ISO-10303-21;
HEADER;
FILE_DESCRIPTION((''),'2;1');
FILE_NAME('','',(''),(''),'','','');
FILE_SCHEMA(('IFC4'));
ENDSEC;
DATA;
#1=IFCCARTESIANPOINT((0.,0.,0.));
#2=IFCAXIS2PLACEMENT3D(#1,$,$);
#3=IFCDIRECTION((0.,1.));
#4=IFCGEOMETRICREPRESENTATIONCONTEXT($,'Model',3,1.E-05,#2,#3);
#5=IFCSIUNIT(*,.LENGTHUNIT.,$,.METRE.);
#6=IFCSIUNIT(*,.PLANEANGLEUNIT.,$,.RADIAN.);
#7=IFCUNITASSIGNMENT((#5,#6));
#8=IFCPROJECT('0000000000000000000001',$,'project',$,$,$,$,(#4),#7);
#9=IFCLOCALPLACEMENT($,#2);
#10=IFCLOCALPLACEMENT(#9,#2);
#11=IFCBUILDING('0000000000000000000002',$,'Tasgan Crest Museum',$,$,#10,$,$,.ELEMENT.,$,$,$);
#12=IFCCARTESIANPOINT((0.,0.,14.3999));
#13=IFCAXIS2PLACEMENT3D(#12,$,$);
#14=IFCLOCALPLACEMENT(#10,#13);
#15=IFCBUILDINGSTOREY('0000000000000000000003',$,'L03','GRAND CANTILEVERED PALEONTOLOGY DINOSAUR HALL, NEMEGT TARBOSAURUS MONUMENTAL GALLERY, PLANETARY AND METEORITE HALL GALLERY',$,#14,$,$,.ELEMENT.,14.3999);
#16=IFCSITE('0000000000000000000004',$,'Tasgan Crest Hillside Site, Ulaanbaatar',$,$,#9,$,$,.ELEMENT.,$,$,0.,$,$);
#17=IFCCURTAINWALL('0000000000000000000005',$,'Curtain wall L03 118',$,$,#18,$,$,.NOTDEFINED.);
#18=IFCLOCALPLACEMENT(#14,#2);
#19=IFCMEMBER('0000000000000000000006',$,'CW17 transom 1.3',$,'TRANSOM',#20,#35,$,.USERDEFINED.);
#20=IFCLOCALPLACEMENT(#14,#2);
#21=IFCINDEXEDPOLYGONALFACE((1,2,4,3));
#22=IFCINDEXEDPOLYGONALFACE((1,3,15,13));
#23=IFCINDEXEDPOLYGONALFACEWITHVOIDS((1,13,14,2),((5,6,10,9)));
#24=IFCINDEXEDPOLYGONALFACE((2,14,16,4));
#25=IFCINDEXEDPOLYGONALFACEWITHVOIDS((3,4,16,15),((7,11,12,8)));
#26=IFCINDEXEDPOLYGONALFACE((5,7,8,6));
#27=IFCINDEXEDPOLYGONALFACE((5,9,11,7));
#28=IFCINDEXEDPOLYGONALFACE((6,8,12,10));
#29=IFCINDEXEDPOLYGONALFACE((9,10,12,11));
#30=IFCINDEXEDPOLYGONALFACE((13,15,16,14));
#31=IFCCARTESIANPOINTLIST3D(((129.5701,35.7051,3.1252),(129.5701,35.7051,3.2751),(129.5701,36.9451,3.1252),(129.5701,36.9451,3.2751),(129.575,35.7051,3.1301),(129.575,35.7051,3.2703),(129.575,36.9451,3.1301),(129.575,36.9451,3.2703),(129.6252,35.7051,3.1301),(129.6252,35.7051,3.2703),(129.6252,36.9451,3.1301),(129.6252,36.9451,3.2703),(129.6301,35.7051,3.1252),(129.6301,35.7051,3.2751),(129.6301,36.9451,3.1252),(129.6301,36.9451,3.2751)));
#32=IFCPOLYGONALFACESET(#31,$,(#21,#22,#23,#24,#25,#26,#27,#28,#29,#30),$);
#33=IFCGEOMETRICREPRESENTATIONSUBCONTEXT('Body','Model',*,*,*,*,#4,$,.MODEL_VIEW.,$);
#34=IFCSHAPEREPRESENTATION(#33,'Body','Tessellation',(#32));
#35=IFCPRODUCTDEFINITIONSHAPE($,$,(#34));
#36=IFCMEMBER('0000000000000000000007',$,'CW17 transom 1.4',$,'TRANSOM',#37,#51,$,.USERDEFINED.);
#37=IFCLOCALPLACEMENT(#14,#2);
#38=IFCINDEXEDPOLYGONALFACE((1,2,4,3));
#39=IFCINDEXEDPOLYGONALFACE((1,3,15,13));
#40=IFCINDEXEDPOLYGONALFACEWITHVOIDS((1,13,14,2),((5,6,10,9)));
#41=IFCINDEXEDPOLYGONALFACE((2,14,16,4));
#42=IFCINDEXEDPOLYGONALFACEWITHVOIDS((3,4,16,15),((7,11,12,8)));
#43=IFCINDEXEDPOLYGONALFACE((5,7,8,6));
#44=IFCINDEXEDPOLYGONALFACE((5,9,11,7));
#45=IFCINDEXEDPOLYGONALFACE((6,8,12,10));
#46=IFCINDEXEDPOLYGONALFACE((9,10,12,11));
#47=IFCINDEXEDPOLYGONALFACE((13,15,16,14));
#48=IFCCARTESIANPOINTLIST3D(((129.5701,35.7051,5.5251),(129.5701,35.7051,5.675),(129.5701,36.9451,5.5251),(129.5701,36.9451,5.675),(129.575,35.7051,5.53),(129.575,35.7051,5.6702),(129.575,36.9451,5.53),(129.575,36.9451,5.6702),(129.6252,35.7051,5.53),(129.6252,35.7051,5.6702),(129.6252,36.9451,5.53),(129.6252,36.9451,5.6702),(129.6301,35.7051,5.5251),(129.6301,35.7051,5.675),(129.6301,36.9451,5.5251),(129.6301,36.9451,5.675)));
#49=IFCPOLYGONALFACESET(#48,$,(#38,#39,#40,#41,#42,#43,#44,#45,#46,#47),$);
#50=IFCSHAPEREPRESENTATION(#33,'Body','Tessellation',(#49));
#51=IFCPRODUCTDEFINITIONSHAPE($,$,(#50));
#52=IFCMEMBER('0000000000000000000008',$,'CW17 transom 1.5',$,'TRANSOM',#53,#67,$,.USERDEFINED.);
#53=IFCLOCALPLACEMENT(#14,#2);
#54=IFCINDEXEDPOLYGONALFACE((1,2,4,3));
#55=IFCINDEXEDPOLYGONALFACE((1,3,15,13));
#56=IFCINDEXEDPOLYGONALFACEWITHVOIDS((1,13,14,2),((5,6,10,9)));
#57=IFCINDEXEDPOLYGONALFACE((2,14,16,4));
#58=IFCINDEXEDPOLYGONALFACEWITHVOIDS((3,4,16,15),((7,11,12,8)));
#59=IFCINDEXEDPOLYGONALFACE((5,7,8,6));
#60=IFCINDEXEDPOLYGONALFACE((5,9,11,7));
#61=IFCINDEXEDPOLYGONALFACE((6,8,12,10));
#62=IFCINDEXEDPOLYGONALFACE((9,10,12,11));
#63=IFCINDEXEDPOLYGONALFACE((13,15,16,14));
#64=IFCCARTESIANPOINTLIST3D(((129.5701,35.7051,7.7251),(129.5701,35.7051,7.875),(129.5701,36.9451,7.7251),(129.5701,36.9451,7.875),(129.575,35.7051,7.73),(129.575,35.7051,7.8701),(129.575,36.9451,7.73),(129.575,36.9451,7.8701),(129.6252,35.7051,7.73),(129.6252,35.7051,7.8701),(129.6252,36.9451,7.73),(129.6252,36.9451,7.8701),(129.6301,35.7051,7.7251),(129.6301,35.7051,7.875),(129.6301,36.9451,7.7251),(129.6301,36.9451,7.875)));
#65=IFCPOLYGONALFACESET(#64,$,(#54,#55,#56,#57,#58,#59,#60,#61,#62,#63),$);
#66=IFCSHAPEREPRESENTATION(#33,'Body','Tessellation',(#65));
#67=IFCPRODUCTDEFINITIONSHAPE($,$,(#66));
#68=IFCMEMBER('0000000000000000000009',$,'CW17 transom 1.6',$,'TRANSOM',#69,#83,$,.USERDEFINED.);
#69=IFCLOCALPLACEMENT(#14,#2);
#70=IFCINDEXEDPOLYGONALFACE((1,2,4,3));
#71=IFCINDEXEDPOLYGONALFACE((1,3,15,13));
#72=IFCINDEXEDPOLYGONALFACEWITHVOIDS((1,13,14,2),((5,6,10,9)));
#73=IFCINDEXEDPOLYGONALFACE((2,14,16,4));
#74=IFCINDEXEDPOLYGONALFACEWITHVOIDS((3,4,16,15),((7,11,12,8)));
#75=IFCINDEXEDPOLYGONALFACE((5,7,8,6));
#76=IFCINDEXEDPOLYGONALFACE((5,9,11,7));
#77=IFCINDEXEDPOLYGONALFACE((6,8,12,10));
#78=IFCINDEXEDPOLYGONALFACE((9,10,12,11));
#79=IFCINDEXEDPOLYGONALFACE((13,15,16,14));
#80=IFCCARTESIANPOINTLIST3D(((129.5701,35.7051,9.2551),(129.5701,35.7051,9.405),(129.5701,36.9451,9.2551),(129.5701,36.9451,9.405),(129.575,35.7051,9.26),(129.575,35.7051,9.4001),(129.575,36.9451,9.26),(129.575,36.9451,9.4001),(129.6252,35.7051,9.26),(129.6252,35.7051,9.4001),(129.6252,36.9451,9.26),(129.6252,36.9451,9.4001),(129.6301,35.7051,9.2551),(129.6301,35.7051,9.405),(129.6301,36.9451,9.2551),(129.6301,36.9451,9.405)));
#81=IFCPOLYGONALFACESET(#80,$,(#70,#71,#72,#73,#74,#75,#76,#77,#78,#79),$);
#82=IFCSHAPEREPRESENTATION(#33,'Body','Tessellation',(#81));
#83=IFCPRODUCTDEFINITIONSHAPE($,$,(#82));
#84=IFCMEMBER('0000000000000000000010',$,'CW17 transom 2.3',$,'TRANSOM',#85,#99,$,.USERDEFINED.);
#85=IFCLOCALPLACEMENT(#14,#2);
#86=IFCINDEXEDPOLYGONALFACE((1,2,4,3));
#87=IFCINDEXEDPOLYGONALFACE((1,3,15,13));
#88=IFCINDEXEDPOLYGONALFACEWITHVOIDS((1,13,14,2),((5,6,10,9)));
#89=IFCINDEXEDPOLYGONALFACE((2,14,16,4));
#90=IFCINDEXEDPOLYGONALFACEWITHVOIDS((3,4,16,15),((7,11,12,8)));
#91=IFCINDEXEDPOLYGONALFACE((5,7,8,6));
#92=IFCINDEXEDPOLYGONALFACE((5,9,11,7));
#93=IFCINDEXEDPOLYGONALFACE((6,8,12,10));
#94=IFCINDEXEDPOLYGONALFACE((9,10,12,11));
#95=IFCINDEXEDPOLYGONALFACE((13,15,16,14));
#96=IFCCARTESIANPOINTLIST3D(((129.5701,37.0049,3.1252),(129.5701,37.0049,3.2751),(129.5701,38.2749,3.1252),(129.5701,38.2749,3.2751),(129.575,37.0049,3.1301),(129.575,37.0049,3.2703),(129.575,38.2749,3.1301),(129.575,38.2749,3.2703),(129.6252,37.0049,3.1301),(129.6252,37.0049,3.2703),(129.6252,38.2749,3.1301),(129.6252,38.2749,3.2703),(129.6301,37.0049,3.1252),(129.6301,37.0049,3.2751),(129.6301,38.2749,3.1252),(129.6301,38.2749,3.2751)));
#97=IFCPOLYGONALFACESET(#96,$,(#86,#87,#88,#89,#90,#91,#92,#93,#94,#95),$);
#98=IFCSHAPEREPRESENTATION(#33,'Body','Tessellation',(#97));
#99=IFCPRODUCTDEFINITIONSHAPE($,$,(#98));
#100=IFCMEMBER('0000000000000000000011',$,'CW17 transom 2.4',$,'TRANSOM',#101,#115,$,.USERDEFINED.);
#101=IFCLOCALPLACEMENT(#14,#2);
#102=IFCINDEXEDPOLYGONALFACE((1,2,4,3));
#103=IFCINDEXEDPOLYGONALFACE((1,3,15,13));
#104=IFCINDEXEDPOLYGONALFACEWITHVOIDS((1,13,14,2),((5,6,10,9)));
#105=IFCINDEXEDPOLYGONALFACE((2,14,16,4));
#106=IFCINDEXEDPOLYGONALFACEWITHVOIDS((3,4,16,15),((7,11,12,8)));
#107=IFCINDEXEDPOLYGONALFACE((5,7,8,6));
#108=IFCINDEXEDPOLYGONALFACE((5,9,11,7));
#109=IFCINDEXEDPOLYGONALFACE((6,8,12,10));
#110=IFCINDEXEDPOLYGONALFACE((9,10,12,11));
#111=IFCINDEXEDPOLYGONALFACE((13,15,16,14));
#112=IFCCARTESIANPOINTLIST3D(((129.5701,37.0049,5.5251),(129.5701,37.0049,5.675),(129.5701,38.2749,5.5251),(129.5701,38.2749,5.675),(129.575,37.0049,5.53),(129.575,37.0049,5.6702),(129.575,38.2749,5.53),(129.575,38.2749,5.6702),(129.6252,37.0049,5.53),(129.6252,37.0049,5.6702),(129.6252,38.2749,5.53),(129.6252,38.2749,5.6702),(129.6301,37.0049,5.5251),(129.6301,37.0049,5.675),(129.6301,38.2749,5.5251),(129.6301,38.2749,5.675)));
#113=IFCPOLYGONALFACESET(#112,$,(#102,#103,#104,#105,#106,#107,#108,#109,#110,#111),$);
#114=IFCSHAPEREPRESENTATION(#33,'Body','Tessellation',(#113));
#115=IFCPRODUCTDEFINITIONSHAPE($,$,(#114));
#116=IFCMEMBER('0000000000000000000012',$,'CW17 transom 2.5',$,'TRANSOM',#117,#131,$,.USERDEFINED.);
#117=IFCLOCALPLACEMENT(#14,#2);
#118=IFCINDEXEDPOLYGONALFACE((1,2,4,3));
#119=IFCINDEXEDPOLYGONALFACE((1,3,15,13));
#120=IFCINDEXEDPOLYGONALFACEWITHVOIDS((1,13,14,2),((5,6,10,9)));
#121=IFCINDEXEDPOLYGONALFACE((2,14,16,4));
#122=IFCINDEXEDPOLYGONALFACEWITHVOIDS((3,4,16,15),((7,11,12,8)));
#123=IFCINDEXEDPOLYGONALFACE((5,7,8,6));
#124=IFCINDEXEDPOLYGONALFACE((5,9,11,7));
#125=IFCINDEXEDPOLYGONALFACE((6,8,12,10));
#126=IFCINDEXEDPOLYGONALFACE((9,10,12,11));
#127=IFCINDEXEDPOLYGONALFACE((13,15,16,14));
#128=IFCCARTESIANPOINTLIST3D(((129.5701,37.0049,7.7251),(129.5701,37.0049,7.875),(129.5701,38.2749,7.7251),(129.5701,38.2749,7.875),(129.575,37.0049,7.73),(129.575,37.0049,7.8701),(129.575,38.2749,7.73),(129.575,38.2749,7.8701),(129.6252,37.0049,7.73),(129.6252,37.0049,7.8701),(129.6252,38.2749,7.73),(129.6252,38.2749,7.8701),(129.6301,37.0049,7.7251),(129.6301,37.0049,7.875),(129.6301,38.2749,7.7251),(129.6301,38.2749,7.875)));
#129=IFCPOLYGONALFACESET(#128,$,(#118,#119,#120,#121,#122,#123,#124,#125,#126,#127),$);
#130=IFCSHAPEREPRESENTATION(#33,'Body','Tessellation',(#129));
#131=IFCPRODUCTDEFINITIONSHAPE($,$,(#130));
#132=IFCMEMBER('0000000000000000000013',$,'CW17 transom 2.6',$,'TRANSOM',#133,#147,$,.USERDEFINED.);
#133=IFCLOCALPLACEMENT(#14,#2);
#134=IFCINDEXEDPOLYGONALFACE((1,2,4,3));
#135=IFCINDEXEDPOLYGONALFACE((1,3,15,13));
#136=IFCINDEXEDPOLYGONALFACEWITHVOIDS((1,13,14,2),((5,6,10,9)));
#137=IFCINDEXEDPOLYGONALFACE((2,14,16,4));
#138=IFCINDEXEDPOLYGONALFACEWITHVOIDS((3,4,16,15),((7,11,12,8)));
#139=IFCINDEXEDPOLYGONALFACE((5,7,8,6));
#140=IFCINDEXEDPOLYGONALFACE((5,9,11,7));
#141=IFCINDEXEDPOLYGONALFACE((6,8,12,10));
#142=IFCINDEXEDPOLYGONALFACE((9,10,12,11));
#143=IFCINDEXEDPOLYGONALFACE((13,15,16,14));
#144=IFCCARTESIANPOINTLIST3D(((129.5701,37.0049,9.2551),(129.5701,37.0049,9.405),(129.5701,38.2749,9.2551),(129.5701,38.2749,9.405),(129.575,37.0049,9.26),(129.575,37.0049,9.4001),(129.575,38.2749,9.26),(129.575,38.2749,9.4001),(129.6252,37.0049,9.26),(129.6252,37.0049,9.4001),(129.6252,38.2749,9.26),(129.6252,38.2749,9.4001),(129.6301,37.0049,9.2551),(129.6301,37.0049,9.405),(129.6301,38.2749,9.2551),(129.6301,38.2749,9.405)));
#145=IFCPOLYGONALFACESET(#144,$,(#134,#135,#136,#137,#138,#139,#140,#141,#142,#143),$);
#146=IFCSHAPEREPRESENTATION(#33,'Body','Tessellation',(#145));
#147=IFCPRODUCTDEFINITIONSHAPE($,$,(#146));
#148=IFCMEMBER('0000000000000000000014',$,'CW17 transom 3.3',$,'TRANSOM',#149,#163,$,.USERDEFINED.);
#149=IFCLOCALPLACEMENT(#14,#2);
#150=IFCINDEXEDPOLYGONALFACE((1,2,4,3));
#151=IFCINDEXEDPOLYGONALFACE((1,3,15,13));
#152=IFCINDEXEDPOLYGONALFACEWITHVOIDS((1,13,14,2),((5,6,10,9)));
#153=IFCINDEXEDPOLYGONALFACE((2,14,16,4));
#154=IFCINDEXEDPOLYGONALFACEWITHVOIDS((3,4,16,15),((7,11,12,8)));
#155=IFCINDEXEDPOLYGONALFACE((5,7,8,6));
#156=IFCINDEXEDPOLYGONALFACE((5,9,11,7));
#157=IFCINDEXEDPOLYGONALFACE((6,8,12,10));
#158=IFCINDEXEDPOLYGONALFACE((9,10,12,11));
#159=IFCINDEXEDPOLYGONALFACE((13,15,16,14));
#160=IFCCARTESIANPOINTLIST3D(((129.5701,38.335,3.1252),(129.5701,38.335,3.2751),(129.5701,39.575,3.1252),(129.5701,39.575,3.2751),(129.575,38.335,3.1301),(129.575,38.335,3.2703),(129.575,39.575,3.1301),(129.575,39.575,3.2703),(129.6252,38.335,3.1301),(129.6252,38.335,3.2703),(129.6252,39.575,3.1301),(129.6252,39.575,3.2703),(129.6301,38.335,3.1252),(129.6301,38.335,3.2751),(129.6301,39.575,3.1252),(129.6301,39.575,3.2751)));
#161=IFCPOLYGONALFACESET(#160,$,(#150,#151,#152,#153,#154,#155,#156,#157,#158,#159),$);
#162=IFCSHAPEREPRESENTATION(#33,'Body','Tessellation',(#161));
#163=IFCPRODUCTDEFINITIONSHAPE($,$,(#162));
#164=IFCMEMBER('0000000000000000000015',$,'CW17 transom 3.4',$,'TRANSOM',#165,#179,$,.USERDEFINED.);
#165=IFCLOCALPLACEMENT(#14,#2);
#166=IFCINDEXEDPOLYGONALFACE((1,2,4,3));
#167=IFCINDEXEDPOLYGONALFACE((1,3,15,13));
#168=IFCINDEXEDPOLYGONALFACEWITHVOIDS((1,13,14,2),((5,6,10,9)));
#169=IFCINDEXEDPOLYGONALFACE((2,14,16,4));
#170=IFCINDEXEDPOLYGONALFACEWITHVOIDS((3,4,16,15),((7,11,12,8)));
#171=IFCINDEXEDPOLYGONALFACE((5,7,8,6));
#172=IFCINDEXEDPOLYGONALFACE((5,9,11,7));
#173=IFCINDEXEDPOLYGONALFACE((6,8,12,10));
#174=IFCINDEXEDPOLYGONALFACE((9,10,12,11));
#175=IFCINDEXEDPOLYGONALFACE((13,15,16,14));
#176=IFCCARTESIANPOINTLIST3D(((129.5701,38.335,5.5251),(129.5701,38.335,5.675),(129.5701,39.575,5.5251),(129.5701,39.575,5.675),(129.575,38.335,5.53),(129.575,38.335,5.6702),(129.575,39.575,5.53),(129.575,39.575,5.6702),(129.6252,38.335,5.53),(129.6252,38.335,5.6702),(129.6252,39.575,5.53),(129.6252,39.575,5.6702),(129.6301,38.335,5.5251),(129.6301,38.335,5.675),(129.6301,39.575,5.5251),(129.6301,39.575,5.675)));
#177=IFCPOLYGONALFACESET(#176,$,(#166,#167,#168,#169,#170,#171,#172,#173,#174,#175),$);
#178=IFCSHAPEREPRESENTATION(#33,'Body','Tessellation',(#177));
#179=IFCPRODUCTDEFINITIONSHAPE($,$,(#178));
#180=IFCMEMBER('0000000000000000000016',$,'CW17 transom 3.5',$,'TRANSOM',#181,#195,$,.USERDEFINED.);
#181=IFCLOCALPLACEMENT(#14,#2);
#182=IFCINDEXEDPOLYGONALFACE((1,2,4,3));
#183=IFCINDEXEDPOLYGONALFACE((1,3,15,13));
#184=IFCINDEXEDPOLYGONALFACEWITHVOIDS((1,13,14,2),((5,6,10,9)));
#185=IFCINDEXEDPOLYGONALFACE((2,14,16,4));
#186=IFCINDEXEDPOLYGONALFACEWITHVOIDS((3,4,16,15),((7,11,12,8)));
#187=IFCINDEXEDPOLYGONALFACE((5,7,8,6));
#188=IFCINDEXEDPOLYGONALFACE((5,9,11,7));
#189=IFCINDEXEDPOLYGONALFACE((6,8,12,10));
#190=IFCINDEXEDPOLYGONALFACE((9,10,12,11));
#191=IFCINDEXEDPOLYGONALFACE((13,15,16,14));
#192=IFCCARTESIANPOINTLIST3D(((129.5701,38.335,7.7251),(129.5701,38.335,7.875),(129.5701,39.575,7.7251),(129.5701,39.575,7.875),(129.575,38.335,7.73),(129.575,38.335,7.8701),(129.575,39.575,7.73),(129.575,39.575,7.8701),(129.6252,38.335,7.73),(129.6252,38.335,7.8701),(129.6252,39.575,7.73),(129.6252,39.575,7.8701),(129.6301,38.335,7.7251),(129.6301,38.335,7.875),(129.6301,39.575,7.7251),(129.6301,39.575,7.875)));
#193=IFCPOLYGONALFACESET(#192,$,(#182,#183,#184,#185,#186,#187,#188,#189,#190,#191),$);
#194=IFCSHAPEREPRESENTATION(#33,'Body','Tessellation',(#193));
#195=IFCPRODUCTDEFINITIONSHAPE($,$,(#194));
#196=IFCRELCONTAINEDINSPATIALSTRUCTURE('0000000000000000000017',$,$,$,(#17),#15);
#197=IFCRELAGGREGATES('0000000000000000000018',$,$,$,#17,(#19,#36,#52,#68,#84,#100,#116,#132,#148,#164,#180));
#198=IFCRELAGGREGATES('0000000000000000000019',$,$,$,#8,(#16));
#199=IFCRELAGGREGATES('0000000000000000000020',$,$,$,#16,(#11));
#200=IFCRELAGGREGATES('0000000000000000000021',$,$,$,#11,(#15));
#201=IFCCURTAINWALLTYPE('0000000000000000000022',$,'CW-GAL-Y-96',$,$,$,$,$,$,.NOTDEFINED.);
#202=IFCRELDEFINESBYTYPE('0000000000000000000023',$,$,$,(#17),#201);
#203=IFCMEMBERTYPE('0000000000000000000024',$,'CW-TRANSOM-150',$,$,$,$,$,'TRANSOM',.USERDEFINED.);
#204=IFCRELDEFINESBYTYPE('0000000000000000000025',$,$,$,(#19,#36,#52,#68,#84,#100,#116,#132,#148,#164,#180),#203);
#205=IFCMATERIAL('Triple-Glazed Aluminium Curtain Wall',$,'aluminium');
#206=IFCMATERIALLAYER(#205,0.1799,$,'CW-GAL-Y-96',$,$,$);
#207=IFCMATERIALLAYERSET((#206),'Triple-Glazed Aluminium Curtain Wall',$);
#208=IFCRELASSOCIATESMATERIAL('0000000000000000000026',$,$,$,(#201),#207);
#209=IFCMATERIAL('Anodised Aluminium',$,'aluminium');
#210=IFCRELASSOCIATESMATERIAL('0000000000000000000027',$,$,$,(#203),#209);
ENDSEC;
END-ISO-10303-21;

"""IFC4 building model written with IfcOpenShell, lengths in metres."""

from ifc_helpers import new_model, si_unit, direction, frame, origin, origin_2d, place, context, subcontext, project, spatial, hollow_rectangle, extrude, material, layer, layer_set, material_profile, profile_set, type_object, element, aggregate, save


model = new_model("IFC4")

# Units and contexts
model_context = context("Model", 3, precision=1e-05, world=origin(), true_north=direction((0.0, 1.0)))
body_context = subcontext(model_context, "Body", "Model", "MODEL_VIEW")
ifc_project = project(units=[si_unit("LENGTHUNIT", "METRE"), si_unit("PLANEANGLEUNIT", "RADIAN")], contexts=[model_context])

# Site, building, storey
site_placement = place(None, origin())
site = spatial("IfcSite", under=ifc_project, at=site_placement, Name="Tasgan Crest Hillside Site, Ulaanbaatar", CompositionType="ELEMENT", RefElevation=0.0)
building_placement = place(site_placement, origin())
building = spatial("IfcBuilding", under=site, at=building_placement, Name="Tasgan Crest Museum", CompositionType="ELEMENT")
storey_placement = place(building_placement, frame((0.0, 0.0, 14.3999)))
storey = spatial("IfcBuildingStorey", under=building, at=storey_placement, Name="L03", Description="GRAND CANTILEVERED PALEONTOLOGY DINOSAUR HALL, NEMEGT TARBOSAURUS MONUMENTAL GALLERY, PLANETARY AND METEORITE HALL GALLERY", CompositionType="ELEMENT", Elevation=14.3999)

# Curtain wall, members
ifc_material_1 = material(Name="Triple-Glazed Aluminium Curtain Wall", Category="aluminium")
ifc_layer_1 = layer(ifc_material_1, 0.1799, Name="CW-GAL-Y-96")
ifc_layer_set_1 = layer_set([ifc_layer_1], Name="Triple-Glazed Aluminium Curtain Wall")
curtain_wall_type = type_object("IfcCurtainWallType", Name="CW-GAL-Y-96", PredefinedType="NOTDEFINED", material=ifc_layer_set_1)
curtain_wall_1_placement = place(storey_placement, origin())
curtain_wall_1 = element("IfcCurtainWall", 1, at=curtain_wall_1_placement, inside=storey, type_object=curtain_wall_type, Name="Curtain wall L03 118", PredefinedType="NOTDEFINED")
ifc_material_2 = material(Name="Anodised Aluminium", Category="aluminium")
ifc_material_profile = material_profile(ifc_material_2, hollow_rectangle(XDim=0.0601, YDim=0.1499, WallThickness=0.0049, at=origin_2d()), Name="ALU TRANSOM 150x60x5")
ifc_profile_set = profile_set([ifc_material_profile], Name="Anodised Aluminium")
member_type = type_object("IfcMemberType", Name="CW-TRANSOM-150", ElementType="TRANSOM", PredefinedType="USERDEFINED", material=ifc_profile_set)
member_1_placement = place(storey_placement, frame((129.6001, 35.7051, 3.2002), z_axis=(0.0, 1.0, 0.0), x_axis=(-1.0, 0.0, 0.0)))
member_1 = element("IfcMember", 2, at=member_1_placement, type_object=member_type, Name="CW17 transom 1.3", ObjectType="TRANSOM", PredefinedType="USERDEFINED", context=body_context, shape_type="SweptSolid", body=[
    extrude(hollow_rectangle(XDim=0.0601, YDim=0.1499, WallThickness=0.0049, at=origin_2d()), origin(), (0.0, 0.0, 1.0), 1.24),
])
member_2_placement = place(storey_placement, frame((129.6001, 35.7051, 5.6001), z_axis=(0.0, 1.0, 0.0), x_axis=(-1.0, 0.0, 0.0)))
member_2 = element("IfcMember", 3, at=member_2_placement, type_object=member_type, Name="CW17 transom 1.4", ObjectType="TRANSOM", PredefinedType="USERDEFINED", context=body_context, shape_type="SweptSolid", body=[
    extrude(hollow_rectangle(XDim=0.0601, YDim=0.1499, WallThickness=0.0049, at=origin_2d()), origin(), (0.0, 0.0, 1.0), 1.24),
])
member_3_placement = place(storey_placement, frame((129.6001, 35.7051, 7.8), z_axis=(0.0, 1.0, 0.0), x_axis=(-1.0, 0.0, 0.0)))
member_3 = element("IfcMember", 4, at=member_3_placement, type_object=member_type, Name="CW17 transom 1.5", ObjectType="TRANSOM", PredefinedType="USERDEFINED", context=body_context, shape_type="SweptSolid", body=[
    extrude(hollow_rectangle(XDim=0.0601, YDim=0.1499, WallThickness=0.0049, at=origin_2d()), origin(), (0.0, 0.0, 1.0), 1.24),
])
member_4_placement = place(storey_placement, frame((129.6001, 35.7051, 9.3301), z_axis=(0.0, 1.0, 0.0), x_axis=(-1.0, 0.0, 0.0)))
member_4 = element("IfcMember", 5, at=member_4_placement, type_object=member_type, Name="CW17 transom 1.6", ObjectType="TRANSOM", PredefinedType="USERDEFINED", context=body_context, shape_type="SweptSolid", body=[
    extrude(hollow_rectangle(XDim=0.0601, YDim=0.1499, WallThickness=0.0049, at=origin_2d()), origin(), (0.0, 0.0, 1.0), 1.24),
])
member_5_placement = place(storey_placement, frame((129.6001, 37.0049, 3.2002), z_axis=(0.0, 1.0, 0.0), x_axis=(-1.0, 0.0, 0.0)))
member_5 = element("IfcMember", 6, at=member_5_placement, type_object=member_type, Name="CW17 transom 2.3", ObjectType="TRANSOM", PredefinedType="USERDEFINED", context=body_context, shape_type="SweptSolid", body=[
    extrude(hollow_rectangle(XDim=0.0601, YDim=0.1499, WallThickness=0.0049, at=origin_2d()), origin(), (0.0, 0.0, 1.0), 1.27),
])
member_6_placement = place(storey_placement, frame((129.6001, 37.0049, 5.6001), z_axis=(0.0, 1.0, 0.0), x_axis=(-1.0, 0.0, 0.0)))
member_6 = element("IfcMember", 7, at=member_6_placement, type_object=member_type, Name="CW17 transom 2.4", ObjectType="TRANSOM", PredefinedType="USERDEFINED", context=body_context, shape_type="SweptSolid", body=[
    extrude(hollow_rectangle(XDim=0.0601, YDim=0.1499, WallThickness=0.0049, at=origin_2d()), origin(), (0.0, 0.0, 1.0), 1.27),
])
member_7_placement = place(storey_placement, frame((129.6001, 37.0049, 7.8), z_axis=(0.0, 1.0, 0.0), x_axis=(-1.0, 0.0, 0.0)))
member_7 = element("IfcMember", 8, at=member_7_placement, type_object=member_type, Name="CW17 transom 2.5", ObjectType="TRANSOM", PredefinedType="USERDEFINED", context=body_context, shape_type="SweptSolid", body=[
    extrude(hollow_rectangle(XDim=0.0601, YDim=0.1499, WallThickness=0.0049, at=origin_2d()), origin(), (0.0, 0.0, 1.0), 1.27),
])
member_8_placement = place(storey_placement, frame((129.6001, 37.0049, 9.3301), z_axis=(0.0, 1.0, 0.0), x_axis=(-1.0, 0.0, 0.0)))
member_8 = element("IfcMember", 9, at=member_8_placement, type_object=member_type, Name="CW17 transom 2.6", ObjectType="TRANSOM", PredefinedType="USERDEFINED", context=body_context, shape_type="SweptSolid", body=[
    extrude(hollow_rectangle(XDim=0.0601, YDim=0.1499, WallThickness=0.0049, at=origin_2d()), origin(), (0.0, 0.0, 1.0), 1.27),
])
member_9_placement = place(storey_placement, frame((129.6001, 38.335, 3.2002), z_axis=(0.0, 1.0, 0.0), x_axis=(-1.0, 0.0, 0.0)))
member_9 = element("IfcMember", 10, at=member_9_placement, type_object=member_type, Name="CW17 transom 3.3", ObjectType="TRANSOM", PredefinedType="USERDEFINED", context=body_context, shape_type="SweptSolid", body=[
    extrude(hollow_rectangle(XDim=0.0601, YDim=0.1499, WallThickness=0.0049, at=origin_2d()), origin(), (0.0, 0.0, 1.0), 1.24),
])
member_10_placement = place(storey_placement, frame((129.6001, 38.335, 5.6001), z_axis=(0.0, 1.0, 0.0), x_axis=(-1.0, 0.0, 0.0)))
member_10 = element("IfcMember", 11, at=member_10_placement, type_object=member_type, Name="CW17 transom 3.4", ObjectType="TRANSOM", PredefinedType="USERDEFINED", context=body_context, shape_type="SweptSolid", body=[
    extrude(hollow_rectangle(XDim=0.0601, YDim=0.1499, WallThickness=0.0049, at=origin_2d()), origin(), (0.0, 0.0, 1.0), 1.24),
])
member_11_placement = place(storey_placement, frame((129.6001, 38.335, 7.8), z_axis=(0.0, 1.0, 0.0), x_axis=(-1.0, 0.0, 0.0)))
member_11 = element("IfcMember", 12, at=member_11_placement, type_object=member_type, Name="CW17 transom 3.5", ObjectType="TRANSOM", PredefinedType="USERDEFINED", context=body_context, shape_type="SweptSolid", body=[
    extrude(hollow_rectangle(XDim=0.0601, YDim=0.1499, WallThickness=0.0049, at=origin_2d()), origin(), (0.0, 0.0, 1.0), 1.24),
])

aggregate(curtain_wall_1, [member_1, member_2, member_3, member_4, member_5, member_6, member_7, member_8, member_9, member_10, member_11])

save(model, "model.ifc")
